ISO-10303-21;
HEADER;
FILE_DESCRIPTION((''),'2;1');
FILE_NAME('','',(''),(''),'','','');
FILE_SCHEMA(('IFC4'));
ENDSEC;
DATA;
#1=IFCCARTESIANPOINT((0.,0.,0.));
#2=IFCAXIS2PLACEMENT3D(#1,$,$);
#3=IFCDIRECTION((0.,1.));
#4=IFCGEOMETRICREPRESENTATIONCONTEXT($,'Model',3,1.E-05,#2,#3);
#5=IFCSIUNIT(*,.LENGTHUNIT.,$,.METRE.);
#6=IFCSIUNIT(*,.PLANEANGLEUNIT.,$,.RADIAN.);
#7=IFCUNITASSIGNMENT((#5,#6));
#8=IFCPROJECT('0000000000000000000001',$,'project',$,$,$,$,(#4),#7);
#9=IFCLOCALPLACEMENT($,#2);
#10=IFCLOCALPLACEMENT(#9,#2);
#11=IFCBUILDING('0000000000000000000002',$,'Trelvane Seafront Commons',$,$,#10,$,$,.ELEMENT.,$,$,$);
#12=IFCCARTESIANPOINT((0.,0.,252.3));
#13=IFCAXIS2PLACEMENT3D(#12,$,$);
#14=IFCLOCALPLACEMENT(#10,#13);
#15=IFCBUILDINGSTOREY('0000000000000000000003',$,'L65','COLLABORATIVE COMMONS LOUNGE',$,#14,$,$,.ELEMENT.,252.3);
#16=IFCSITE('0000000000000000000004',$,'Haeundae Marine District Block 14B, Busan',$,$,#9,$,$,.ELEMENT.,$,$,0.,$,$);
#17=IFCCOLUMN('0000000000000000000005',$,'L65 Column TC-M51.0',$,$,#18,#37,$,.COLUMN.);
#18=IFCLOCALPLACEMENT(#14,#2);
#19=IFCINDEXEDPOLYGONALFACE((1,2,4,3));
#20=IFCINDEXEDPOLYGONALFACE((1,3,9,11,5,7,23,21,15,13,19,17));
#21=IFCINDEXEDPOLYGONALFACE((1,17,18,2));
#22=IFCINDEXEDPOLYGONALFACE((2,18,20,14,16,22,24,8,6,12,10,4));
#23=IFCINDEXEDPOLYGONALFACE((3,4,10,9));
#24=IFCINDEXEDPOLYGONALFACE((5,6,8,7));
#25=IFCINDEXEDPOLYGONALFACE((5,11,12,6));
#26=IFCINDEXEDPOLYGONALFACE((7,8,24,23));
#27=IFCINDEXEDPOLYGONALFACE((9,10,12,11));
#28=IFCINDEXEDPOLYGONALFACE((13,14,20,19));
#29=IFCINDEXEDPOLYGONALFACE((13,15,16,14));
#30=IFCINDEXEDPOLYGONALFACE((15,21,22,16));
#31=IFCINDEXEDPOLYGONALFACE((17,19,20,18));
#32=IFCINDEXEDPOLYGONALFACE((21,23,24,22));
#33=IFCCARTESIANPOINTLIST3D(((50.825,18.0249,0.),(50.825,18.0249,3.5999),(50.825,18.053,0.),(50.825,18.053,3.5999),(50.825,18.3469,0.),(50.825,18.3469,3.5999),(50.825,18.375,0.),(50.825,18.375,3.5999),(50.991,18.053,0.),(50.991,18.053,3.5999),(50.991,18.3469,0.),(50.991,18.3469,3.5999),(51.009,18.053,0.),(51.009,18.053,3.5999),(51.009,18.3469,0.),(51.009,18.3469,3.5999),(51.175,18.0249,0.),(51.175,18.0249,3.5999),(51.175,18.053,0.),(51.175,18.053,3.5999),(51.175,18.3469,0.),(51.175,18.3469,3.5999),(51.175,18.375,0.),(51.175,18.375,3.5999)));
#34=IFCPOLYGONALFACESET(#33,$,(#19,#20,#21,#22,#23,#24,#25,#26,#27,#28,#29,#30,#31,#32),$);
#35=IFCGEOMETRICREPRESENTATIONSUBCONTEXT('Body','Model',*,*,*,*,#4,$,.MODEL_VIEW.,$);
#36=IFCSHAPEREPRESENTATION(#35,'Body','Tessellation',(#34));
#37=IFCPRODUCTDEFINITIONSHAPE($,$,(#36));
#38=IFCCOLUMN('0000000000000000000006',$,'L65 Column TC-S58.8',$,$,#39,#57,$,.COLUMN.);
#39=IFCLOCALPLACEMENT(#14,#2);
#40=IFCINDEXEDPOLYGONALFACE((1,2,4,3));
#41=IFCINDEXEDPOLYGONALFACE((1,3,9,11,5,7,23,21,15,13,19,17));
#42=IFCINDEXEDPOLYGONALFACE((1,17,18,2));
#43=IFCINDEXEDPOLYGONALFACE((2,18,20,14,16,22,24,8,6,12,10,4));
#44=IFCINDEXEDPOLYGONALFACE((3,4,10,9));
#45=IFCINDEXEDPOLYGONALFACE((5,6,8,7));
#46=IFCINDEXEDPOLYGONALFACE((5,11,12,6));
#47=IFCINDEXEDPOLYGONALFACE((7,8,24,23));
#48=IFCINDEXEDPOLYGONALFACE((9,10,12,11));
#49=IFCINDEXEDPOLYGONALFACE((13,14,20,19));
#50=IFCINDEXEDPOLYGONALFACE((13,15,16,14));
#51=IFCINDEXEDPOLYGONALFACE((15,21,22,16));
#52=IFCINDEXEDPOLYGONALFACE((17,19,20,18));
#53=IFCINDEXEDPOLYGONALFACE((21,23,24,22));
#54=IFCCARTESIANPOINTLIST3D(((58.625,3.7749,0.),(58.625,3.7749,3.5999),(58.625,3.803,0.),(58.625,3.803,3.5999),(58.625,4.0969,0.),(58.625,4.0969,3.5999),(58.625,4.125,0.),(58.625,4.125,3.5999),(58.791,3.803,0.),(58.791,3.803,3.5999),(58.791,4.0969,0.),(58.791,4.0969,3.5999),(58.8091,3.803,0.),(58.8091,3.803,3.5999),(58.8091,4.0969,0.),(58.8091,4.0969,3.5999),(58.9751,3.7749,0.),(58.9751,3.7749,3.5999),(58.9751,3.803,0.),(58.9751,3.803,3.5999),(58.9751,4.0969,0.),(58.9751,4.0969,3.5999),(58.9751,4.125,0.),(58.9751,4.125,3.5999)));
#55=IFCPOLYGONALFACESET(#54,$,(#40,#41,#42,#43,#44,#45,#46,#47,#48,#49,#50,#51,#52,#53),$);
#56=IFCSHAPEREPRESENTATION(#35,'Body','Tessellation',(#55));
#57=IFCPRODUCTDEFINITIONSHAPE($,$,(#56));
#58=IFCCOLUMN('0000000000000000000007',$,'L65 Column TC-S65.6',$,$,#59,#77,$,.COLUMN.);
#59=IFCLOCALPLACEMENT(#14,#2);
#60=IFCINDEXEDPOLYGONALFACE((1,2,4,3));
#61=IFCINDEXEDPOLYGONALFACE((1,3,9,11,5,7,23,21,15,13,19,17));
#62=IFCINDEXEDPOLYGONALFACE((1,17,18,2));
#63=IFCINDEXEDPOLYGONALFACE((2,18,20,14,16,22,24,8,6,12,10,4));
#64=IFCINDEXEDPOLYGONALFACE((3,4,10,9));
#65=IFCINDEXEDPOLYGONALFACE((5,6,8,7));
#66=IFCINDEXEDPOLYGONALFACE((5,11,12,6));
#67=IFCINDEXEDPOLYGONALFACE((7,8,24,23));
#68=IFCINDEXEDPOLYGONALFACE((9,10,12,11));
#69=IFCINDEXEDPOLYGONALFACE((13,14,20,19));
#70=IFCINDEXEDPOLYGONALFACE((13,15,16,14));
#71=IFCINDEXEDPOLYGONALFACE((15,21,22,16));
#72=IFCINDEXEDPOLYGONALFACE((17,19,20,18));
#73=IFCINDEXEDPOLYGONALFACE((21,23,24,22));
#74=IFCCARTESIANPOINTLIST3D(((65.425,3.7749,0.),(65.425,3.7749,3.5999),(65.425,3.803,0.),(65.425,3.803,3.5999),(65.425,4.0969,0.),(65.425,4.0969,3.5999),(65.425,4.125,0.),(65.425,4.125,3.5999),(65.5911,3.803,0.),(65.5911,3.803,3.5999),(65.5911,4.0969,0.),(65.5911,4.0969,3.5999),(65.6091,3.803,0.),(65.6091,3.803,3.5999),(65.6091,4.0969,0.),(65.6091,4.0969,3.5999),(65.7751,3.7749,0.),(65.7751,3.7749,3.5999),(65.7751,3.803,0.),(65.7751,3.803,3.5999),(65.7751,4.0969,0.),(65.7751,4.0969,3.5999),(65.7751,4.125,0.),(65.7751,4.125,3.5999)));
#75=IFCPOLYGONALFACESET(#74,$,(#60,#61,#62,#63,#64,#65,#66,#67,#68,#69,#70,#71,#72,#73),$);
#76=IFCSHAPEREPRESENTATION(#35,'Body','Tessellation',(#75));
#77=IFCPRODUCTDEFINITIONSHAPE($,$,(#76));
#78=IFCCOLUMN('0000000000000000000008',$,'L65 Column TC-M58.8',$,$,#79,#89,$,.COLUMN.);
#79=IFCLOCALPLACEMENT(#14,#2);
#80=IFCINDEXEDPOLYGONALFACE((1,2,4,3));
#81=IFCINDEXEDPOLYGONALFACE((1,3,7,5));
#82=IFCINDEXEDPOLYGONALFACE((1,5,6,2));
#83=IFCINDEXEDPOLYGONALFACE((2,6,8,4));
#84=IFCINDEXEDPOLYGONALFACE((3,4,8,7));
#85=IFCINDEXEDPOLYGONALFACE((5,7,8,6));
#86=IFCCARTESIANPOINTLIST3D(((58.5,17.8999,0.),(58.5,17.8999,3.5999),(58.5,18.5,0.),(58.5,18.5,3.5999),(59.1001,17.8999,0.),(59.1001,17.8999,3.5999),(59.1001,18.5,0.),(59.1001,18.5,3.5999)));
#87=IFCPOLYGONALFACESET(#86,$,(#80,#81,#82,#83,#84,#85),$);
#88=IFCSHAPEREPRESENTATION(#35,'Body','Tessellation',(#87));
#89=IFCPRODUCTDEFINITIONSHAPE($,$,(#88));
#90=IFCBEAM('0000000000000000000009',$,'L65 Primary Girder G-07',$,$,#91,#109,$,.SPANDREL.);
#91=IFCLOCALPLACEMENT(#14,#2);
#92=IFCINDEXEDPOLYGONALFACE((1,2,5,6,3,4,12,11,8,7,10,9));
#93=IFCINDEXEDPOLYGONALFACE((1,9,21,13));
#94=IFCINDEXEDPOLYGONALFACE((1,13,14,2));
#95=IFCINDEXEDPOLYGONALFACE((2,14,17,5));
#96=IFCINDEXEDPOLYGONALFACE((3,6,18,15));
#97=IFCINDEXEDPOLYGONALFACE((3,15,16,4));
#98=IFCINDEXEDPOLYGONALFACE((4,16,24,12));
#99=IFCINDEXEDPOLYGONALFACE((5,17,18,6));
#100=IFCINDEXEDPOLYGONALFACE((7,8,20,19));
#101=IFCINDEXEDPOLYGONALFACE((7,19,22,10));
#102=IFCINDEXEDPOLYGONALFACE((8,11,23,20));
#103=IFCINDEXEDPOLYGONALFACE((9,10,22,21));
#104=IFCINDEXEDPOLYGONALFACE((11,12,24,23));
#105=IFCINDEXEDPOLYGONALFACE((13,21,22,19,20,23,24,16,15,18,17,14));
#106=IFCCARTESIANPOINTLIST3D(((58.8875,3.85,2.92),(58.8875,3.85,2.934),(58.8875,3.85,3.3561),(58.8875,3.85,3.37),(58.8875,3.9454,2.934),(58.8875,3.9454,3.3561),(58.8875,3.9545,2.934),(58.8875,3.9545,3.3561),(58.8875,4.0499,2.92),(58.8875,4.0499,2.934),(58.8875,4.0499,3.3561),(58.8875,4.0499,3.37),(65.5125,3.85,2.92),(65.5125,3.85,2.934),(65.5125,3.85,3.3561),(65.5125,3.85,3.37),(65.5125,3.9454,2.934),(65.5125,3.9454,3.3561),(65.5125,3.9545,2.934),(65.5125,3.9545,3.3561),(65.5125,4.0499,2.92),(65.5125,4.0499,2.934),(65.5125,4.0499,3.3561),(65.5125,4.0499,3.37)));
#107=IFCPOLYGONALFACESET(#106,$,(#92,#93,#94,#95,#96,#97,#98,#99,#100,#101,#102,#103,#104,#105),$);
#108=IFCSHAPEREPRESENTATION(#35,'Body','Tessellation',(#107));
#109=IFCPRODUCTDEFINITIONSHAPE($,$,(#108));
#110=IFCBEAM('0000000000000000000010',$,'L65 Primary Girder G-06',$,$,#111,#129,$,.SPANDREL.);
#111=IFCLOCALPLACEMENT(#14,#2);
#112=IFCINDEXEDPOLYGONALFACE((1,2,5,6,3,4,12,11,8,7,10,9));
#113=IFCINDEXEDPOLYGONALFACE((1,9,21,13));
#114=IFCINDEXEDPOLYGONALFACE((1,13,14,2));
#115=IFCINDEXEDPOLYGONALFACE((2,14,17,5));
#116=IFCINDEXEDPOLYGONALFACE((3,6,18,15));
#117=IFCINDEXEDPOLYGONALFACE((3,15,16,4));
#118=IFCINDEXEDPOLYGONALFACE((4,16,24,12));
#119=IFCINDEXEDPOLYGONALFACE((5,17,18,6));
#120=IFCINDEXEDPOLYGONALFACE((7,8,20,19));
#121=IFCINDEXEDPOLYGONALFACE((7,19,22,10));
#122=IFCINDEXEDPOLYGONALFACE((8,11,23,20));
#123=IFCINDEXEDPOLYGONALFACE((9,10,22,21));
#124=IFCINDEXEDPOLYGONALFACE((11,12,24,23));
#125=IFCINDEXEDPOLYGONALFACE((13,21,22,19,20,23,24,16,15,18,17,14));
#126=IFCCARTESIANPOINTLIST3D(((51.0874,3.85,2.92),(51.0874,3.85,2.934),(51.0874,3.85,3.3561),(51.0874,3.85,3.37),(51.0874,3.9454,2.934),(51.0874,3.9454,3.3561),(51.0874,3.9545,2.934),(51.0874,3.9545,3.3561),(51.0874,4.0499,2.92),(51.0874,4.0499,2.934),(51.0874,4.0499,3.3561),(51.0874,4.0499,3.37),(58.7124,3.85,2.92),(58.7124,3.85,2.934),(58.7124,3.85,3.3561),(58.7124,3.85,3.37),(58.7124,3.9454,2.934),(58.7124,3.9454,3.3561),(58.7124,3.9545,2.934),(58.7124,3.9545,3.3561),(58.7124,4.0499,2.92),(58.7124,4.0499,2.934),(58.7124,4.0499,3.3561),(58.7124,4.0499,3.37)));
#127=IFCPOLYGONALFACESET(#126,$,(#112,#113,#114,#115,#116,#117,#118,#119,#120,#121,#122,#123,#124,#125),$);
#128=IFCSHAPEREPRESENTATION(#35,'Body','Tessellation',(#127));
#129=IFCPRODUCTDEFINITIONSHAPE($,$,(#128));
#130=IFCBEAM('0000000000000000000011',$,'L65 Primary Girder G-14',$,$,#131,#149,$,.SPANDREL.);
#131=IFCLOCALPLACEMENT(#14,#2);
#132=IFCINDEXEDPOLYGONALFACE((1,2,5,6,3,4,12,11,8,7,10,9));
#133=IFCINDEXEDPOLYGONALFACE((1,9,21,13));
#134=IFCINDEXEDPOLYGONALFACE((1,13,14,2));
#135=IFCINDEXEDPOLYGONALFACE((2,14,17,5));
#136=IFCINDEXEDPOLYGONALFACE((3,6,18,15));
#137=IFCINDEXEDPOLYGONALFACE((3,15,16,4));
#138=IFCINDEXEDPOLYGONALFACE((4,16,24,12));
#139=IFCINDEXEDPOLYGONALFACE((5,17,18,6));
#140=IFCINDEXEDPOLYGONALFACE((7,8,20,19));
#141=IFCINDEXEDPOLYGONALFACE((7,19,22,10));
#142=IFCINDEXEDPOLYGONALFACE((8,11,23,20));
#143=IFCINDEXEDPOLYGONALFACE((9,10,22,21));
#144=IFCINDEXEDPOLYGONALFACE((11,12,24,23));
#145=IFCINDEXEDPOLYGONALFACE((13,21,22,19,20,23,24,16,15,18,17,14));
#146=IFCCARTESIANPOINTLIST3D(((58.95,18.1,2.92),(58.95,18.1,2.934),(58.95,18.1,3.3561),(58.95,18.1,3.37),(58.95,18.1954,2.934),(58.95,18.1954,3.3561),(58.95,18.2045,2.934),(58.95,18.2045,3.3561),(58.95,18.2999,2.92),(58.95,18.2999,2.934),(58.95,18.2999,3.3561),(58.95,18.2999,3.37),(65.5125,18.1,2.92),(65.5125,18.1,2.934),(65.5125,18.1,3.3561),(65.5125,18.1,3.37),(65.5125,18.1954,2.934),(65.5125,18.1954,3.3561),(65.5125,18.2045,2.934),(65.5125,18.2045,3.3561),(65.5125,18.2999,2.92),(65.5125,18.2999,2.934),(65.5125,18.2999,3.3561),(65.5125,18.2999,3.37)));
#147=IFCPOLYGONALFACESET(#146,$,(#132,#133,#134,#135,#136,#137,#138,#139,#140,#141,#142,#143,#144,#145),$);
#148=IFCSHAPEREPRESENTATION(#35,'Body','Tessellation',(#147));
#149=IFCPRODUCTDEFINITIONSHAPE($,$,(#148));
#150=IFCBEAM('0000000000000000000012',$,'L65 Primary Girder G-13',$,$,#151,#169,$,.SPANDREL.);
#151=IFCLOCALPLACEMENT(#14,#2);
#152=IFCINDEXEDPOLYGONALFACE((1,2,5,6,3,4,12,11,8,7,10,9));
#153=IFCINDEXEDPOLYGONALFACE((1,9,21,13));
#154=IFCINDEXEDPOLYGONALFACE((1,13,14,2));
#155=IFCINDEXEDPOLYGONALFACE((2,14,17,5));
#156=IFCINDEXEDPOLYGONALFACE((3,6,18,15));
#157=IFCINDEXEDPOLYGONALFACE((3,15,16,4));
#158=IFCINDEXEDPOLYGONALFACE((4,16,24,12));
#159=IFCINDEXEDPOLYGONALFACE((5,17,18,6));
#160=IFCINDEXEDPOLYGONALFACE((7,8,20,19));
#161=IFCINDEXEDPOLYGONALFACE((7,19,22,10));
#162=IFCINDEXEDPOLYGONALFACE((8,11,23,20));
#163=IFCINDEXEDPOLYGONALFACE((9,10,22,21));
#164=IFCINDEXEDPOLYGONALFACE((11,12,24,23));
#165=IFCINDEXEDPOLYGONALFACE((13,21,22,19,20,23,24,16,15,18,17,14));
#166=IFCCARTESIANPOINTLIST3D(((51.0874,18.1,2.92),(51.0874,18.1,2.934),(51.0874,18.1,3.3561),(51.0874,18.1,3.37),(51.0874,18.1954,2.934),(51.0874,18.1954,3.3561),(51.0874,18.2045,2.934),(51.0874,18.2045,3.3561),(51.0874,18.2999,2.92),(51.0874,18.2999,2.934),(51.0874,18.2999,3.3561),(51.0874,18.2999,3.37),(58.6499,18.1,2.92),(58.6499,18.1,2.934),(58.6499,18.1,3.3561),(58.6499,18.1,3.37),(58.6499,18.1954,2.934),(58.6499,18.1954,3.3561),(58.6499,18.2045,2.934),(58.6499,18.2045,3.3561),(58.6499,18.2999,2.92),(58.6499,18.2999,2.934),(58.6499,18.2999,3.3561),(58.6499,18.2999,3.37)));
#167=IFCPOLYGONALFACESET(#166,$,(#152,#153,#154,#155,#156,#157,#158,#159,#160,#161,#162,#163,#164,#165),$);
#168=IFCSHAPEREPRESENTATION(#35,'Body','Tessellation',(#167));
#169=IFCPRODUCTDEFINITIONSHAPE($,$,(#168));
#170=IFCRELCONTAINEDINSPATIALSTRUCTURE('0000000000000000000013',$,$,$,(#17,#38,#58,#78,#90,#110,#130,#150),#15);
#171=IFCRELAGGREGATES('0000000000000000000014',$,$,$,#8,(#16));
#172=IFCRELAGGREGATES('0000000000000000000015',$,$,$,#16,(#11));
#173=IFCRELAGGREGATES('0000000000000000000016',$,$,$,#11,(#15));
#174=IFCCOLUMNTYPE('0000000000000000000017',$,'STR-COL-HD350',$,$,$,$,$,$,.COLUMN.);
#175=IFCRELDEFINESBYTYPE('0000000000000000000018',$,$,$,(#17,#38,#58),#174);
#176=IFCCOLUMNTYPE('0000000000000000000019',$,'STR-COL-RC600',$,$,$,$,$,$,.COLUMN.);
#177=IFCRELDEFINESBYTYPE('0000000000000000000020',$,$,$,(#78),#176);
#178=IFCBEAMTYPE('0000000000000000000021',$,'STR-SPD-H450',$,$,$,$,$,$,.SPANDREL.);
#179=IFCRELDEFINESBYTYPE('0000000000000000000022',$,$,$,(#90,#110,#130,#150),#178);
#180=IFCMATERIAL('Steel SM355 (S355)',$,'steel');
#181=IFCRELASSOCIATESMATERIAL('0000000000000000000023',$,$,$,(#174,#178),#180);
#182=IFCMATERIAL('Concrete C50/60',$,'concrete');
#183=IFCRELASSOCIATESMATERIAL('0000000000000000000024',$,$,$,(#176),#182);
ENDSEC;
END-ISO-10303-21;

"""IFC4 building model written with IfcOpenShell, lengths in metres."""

from ifc_helpers import new_model, si_unit, direction, frame, origin, origin_2d, place, context, subcontext, project, spatial, rectangle, i_section, extrude, source, transform, mapped, material, material_profile, profile_set, type_object, element, save


model = new_model("IFC4")

# Units and contexts
model_context = context("Model", 3, precision=1e-05, world=origin(), true_north=direction((0.0, 1.0)))
body_context = subcontext(model_context, "Body", "Model", "MODEL_VIEW")
ifc_project = project(units=[si_unit("LENGTHUNIT", "METRE"), si_unit("PLANEANGLEUNIT", "RADIAN")], contexts=[model_context])

# Site, building, storey
site_placement = place(None, origin())
site = spatial("IfcSite", under=ifc_project, at=site_placement, Name="Haeundae Marine District Block 14B, Busan", CompositionType="ELEMENT", RefElevation=0.0)
building_placement = place(site_placement, origin())
building = spatial("IfcBuilding", under=site, at=building_placement, Name="Trelvane Seafront Commons", CompositionType="ELEMENT")
storey_placement = place(building_placement, frame((0.0, 0.0, 252.3)))
storey = spatial("IfcBuildingStorey", under=building, at=storey_placement, Name="L65", Description="COLLABORATIVE COMMONS LOUNGE", CompositionType="ELEMENT", Elevation=252.3)

# Columns
ifc_material_1 = material(Name="Steel SM355 (S355)", Category="steel")
ifc_material_profile_1 = material_profile(ifc_material_1, i_section(OverallWidth=0.3501, OverallDepth=0.3501, WebThickness=0.0181, FlangeThickness=0.0281, at=origin_2d()), Name="HD-350x350x18x28")
ifc_profile_set_1 = profile_set([ifc_material_profile_1], Name="Steel SM355 (S355)")
column_type_1 = type_object("IfcColumnType", Name="STR-COL-HD350", PredefinedType="COLUMN", material=ifc_profile_set_1)
shared_shape_1 = source(origin(), body_context, "Body", "SweptSolid", [
    extrude(i_section(OverallWidth=0.3501, OverallDepth=0.3501, WebThickness=0.0181, FlangeThickness=0.0281, at=origin_2d()), origin(), (0.0, 0.0, 1.0), 3.5999),
])
for number, where, z_axis, x_axis, name in (
    (1, (51.0, 18.2, 0.0), (0.0, 0.0, 1.0), (1.0, 0.0, 0.0), "L65 Column TC-M51.0"),
    (2, (58.8, 3.95, 0.0), (0.0, 0.0, 1.0), (1.0, 0.0, 0.0), "L65 Column TC-S58.8"),
    (3, (65.6001, 3.95, 0.0), (0.0, 0.0, 1.0), (1.0, 0.0, 0.0), "L65 Column TC-S65.6"),
):
    element("IfcColumn", number, at=place(storey_placement, frame(where, z_axis=z_axis, x_axis=x_axis)), inside=storey, type_object=column_type_1, Name=name, PredefinedType="COLUMN", context=body_context, shape_type="MappedRepresentation", body=[
        mapped(shared_shape_1, transform((0.0, 0.0, 0.0), x_axis=(1.0, 0.0, 0.0), y_axis=(0.0, 1.0, 0.0), z_axis=(0.0, 0.0, 1.0), scale=1.0)),
    ])
ifc_material_2 = material(Name="Concrete C50/60", Category="concrete")
ifc_material_profile_2 = material_profile(ifc_material_2, rectangle(XDim=0.6001, YDim=0.6001, at=origin_2d()), Name="RC-600x600")
ifc_profile_set_2 = profile_set([ifc_material_profile_2], Name="Concrete C50/60")
column_type_2 = type_object("IfcColumnType", Name="STR-COL-RC600", PredefinedType="COLUMN", material=ifc_profile_set_2)
shared_shape_2 = source(origin(), body_context, "Body", "SweptSolid", [
    extrude(rectangle(XDim=0.6001, YDim=0.6001, at=origin_2d()), origin(), (0.0, 0.0, 1.0), 3.5999),
])
column_placement = place(storey_placement, frame((58.8, 18.2, 0.0), z_axis=(0.0, 0.0, 1.0), x_axis=(1.0, 0.0, 0.0)))
element("IfcColumn", 4, at=column_placement, inside=storey, type_object=column_type_2, Name="L65 Column TC-M58.8", PredefinedType="COLUMN", context=body_context, shape_type="MappedRepresentation", body=[
    mapped(shared_shape_2, transform((0.0, 0.0, 0.0), x_axis=(1.0, 0.0, 0.0), y_axis=(0.0, 1.0, 0.0), z_axis=(0.0, 0.0, 1.0), scale=1.0)),
])

# Beams
ifc_material_profile_3 = material_profile(ifc_material_1, i_section(OverallWidth=0.2, OverallDepth=0.45, WebThickness=0.009, FlangeThickness=0.0139, at=origin_2d()), Name="H-450x200x9x14")
ifc_profile_set_3 = profile_set([ifc_material_profile_3], Name="Steel SM355 (S355)")
beam_type_1 = type_object("IfcBeamType", Name="STR-SPD-H450", PredefinedType="SPANDREL", material=ifc_profile_set_3)
shared_shape_3 = source(origin(), body_context, "Body", "SweptSolid", [
    extrude(i_section(OverallWidth=0.2, OverallDepth=0.45, WebThickness=0.009, FlangeThickness=0.0139, at=origin_2d()), origin(), (0.0, 0.0, 1.0), 6.625),
])
beam_1_placement = place(storey_placement, frame((58.8875, 3.95, 3.145), z_axis=(1.0, 0.0, 0.0), x_axis=(0.0, 1.0, 0.0)))
element("IfcBeam", 5, at=beam_1_placement, inside=storey, type_object=beam_type_1, Name="L65 Primary Girder G-07", PredefinedType="SPANDREL", context=body_context, shape_type="MappedRepresentation", body=[
    mapped(shared_shape_3, transform((0.0, 0.0, 0.0), x_axis=(1.0, 0.0, 0.0), y_axis=(0.0, 1.0, 0.0), z_axis=(0.0, 0.0, 1.0), scale=1.0)),
])
shared_shape_4 = source(origin(), body_context, "Body", "SweptSolid", [
    extrude(i_section(OverallWidth=0.2, OverallDepth=0.45, WebThickness=0.009, FlangeThickness=0.0139, at=origin_2d()), origin(), (0.0, 0.0, 1.0), 7.625),
])
beam_2_placement = place(storey_placement, frame((51.0874, 3.95, 3.145), z_axis=(1.0, 0.0, 0.0), x_axis=(0.0, 1.0, 0.0)))
element("IfcBeam", 6, at=beam_2_placement, inside=storey, type_object=beam_type_1, Name="L65 Primary Girder G-06", PredefinedType="SPANDREL", context=body_context, shape_type="MappedRepresentation", body=[
    mapped(shared_shape_4, transform((0.0, 0.0, 0.0), x_axis=(1.0, 0.0, 0.0), y_axis=(0.0, 1.0, 0.0), z_axis=(0.0, 0.0, 1.0), scale=1.0)),
])
shared_shape_5 = source(origin(), body_context, "Body", "SweptSolid", [
    extrude(i_section(OverallWidth=0.2, OverallDepth=0.45, WebThickness=0.009, FlangeThickness=0.0139, at=origin_2d()), origin(), (0.0, 0.0, 1.0), 6.5625),
])
beam_3_placement = place(storey_placement, frame((58.95, 18.2, 3.145), z_axis=(1.0, 0.0, 0.0), x_axis=(0.0, 1.0, 0.0)))
element("IfcBeam", 7, at=beam_3_placement, inside=storey, type_object=beam_type_1, Name="L65 Primary Girder G-14", PredefinedType="SPANDREL", context=body_context, shape_type="MappedRepresentation", body=[
    mapped(shared_shape_5, transform((0.0, 0.0, 0.0), x_axis=(1.0, 0.0, 0.0), y_axis=(0.0, 1.0, 0.0), z_axis=(0.0, 0.0, 1.0), scale=1.0)),
])
shared_shape_6 = source(origin(), body_context, "Body", "SweptSolid", [
    extrude(i_section(OverallWidth=0.2, OverallDepth=0.45, WebThickness=0.009, FlangeThickness=0.0139, at=origin_2d()), origin(), (0.0, 0.0, 1.0), 7.5625),
])
beam_4_placement = place(storey_placement, frame((51.0874, 18.2, 3.145), z_axis=(1.0, 0.0, 0.0), x_axis=(0.0, 1.0, 0.0)))
element("IfcBeam", 8, at=beam_4_placement, inside=storey, type_object=beam_type_1, Name="L65 Primary Girder G-13", PredefinedType="SPANDREL", context=body_context, shape_type="MappedRepresentation", body=[
    mapped(shared_shape_6, transform((0.0, 0.0, 0.0), x_axis=(1.0, 0.0, 0.0), y_axis=(0.0, 1.0, 0.0), z_axis=(0.0, 0.0, 1.0), scale=1.0)),
])

save(model, "model.ifc")
